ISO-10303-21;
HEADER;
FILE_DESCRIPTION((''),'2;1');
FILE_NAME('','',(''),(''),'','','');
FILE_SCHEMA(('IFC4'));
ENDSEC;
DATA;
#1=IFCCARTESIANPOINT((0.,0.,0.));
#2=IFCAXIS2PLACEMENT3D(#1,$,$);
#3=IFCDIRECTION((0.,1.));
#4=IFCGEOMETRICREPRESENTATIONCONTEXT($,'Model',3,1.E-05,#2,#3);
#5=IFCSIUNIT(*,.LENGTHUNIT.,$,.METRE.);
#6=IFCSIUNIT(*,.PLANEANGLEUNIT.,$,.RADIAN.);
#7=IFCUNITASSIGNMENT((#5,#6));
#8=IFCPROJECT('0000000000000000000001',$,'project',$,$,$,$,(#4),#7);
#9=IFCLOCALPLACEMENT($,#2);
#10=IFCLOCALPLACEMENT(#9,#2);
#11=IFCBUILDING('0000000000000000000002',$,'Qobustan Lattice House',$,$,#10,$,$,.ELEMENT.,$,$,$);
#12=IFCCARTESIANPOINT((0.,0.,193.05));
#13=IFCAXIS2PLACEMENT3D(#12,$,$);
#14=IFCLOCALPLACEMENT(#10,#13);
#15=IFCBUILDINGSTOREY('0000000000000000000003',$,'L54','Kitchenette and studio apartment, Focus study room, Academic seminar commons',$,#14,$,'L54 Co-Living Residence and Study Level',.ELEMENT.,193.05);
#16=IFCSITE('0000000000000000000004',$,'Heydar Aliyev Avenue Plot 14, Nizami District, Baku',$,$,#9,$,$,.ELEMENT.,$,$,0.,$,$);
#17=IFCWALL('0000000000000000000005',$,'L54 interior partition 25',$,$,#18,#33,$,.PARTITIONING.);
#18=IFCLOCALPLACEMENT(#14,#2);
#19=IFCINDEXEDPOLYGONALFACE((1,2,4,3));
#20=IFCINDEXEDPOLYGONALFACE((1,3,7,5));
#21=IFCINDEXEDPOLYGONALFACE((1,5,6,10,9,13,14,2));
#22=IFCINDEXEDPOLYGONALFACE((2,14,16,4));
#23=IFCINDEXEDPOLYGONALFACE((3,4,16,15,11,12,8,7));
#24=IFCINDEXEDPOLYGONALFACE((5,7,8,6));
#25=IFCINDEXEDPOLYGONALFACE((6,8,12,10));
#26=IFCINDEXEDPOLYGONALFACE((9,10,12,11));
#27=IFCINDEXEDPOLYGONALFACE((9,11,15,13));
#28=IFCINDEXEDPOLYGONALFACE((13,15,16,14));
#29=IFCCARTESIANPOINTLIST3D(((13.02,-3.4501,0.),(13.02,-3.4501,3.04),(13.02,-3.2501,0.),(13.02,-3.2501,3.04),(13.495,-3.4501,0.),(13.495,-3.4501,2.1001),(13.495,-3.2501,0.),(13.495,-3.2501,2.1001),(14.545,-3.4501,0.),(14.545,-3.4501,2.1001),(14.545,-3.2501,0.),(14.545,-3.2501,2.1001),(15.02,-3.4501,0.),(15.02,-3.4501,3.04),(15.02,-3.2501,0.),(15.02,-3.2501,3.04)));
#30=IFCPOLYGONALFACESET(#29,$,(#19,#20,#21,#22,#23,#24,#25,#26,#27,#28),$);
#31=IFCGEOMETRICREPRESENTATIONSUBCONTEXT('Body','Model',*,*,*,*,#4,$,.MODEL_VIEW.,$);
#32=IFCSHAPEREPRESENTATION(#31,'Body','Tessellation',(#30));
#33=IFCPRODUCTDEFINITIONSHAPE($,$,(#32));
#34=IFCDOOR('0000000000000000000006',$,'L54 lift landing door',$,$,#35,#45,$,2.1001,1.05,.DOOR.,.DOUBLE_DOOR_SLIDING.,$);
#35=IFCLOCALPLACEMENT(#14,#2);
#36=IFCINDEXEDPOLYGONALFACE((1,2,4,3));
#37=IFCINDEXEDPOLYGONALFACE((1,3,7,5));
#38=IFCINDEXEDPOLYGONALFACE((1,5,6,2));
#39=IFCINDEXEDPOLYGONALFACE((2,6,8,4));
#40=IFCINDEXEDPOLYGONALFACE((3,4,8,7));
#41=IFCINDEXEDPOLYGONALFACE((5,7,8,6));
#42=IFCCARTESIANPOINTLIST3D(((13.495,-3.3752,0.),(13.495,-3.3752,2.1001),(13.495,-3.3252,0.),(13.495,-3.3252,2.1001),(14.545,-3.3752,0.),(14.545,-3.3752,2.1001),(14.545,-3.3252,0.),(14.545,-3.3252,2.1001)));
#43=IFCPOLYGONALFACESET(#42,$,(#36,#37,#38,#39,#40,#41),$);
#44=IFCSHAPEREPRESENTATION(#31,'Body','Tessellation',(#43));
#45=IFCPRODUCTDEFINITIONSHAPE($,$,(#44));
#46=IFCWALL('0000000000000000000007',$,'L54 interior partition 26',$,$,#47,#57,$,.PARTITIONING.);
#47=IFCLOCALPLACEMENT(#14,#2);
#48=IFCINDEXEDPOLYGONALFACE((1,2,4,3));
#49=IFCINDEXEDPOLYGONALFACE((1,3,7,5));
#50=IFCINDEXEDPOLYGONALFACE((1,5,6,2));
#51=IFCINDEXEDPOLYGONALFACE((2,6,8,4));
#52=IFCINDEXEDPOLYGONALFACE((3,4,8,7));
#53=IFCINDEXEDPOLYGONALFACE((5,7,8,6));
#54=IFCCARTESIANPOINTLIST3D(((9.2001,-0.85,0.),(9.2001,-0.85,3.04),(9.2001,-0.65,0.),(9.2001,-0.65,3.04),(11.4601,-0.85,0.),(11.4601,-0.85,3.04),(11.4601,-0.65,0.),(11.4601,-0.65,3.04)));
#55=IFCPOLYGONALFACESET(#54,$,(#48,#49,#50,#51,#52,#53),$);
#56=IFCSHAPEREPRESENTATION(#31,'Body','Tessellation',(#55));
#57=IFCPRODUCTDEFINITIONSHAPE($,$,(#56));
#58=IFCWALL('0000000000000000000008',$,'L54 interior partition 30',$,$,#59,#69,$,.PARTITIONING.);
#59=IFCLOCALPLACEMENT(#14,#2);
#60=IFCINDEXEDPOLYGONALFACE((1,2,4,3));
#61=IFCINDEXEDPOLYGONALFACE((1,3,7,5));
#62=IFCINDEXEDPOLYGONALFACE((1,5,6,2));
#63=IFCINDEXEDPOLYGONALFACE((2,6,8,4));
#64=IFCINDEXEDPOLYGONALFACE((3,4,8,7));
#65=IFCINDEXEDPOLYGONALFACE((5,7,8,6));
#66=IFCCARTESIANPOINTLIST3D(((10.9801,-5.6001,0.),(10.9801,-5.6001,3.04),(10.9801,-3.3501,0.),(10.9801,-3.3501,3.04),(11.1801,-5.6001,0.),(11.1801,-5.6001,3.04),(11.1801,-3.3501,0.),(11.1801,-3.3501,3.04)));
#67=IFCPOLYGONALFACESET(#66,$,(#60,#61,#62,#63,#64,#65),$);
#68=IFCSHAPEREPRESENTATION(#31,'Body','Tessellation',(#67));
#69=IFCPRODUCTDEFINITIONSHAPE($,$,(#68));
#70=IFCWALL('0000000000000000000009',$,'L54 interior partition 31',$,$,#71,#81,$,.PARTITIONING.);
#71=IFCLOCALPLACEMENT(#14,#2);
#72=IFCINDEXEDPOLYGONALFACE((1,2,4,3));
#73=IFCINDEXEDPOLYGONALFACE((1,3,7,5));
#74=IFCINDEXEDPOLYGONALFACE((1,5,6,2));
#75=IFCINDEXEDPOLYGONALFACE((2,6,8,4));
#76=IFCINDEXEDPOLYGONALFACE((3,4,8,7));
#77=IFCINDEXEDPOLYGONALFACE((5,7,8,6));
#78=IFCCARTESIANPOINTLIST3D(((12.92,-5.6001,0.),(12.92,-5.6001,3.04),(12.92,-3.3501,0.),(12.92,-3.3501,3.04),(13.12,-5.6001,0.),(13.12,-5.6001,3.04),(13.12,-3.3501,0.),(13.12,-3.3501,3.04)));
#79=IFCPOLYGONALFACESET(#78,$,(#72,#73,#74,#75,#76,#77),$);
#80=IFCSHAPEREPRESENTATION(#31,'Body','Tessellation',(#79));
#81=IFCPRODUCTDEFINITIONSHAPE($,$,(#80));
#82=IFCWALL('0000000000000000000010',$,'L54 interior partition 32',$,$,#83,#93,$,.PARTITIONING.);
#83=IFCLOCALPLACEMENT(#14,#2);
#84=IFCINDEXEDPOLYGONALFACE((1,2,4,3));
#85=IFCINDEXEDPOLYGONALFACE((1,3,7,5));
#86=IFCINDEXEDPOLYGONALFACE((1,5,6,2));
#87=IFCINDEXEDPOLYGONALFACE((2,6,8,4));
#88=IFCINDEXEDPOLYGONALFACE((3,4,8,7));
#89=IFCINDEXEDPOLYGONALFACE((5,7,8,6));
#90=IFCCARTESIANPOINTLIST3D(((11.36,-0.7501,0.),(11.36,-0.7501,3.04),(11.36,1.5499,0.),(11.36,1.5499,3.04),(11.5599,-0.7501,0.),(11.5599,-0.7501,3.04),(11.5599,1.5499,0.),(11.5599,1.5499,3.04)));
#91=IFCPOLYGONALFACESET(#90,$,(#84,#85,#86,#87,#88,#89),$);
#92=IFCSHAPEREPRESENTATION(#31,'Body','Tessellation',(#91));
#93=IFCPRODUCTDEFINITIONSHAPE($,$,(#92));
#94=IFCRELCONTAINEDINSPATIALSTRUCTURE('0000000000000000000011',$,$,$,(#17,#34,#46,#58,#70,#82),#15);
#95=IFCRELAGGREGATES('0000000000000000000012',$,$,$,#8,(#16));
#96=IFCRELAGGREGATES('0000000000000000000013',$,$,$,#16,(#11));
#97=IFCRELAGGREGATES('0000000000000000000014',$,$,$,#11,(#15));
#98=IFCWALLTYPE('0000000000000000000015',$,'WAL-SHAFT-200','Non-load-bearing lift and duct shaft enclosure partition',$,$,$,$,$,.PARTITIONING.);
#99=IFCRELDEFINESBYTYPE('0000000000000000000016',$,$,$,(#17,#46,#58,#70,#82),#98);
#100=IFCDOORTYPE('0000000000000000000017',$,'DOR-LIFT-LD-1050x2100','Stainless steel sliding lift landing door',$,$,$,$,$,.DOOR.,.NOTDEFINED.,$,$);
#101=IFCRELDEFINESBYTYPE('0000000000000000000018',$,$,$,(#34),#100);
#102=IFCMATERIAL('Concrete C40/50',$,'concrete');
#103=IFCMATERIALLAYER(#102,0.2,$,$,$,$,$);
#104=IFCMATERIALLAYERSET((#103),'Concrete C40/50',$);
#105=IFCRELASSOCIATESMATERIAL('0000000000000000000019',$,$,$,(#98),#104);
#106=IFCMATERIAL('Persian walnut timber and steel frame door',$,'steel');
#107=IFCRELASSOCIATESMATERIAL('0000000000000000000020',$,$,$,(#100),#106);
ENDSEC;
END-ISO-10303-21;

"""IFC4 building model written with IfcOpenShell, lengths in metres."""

from ifc_helpers import new_model, si_unit, direction, frame, frame_2d, origin, place, context, subcontext, project, spatial, rectangle, extrude, material, layer, layer_set, type_object, element, fill, save


model = new_model("IFC4")

# Units and contexts
model_context = context("Model", 3, precision=1e-05, world=origin(), true_north=direction((0.0, 1.0)))
body_context = subcontext(model_context, "Body", "Model", "MODEL_VIEW")
ifc_project = project(units=[si_unit("LENGTHUNIT", "METRE"), si_unit("PLANEANGLEUNIT", "RADIAN")], contexts=[model_context])

# Site, building, storey
site_placement = place(None, origin())
site = spatial("IfcSite", under=ifc_project, at=site_placement, Name="Heydar Aliyev Avenue Plot 14, Nizami District, Baku", CompositionType="ELEMENT", RefElevation=0.0)
building_placement = place(site_placement, origin())
building = spatial("IfcBuilding", under=site, at=building_placement, Name="Qobustan Lattice House", CompositionType="ELEMENT")
storey_placement = place(building_placement, frame((0.0, 0.0, 193.05)))
storey = spatial("IfcBuildingStorey", under=building, at=storey_placement, Name="L54", Description="Kitchenette and studio apartment, Focus study room, Academic seminar commons", LongName="L54 Co-Living Residence and Study Level", CompositionType="ELEMENT", Elevation=193.05)

# Shared definitions
ifc_material_1 = material(Name="Concrete C40/50", Category="concrete")
ifc_layer_1 = layer(ifc_material_1, 0.2)
ifc_layer_set_1 = layer_set([ifc_layer_1], Name="Concrete C40/50")
wall_type_1 = type_object("IfcWallType", Name="WAL-SHAFT-200", Description="Non-load-bearing lift and duct shaft enclosure partition", PredefinedType="PARTITIONING", material=ifc_layer_set_1)

# Wall, opening, door
ifc_material_2 = material(Name="Persian walnut timber and steel frame door", Category="steel")
door_type_1 = type_object("IfcDoorType", Name="DOR-LIFT-LD-1050x2100", Description="Stainless steel sliding lift landing door", OperationType="NOTDEFINED", PredefinedType="DOOR", material=ifc_material_2)
wall_1_placement = place(storey_placement, frame((13.02, -3.3501, 0.0), z_axis=(0.0, 0.0, 1.0), x_axis=(1.0, 0.0, 0.0)))
wall_1 = element("IfcWall", 1, at=wall_1_placement, inside=storey, type_object=wall_type_1, Name="L54 interior partition 25", PredefinedType="PARTITIONING", context=body_context, shape_type="SweptSolid", body=[
    extrude(rectangle(XDim=2.0, YDim=0.2, at=frame_2d((1.0, 0.0))), origin(), (0.0, 0.0, 1.0), 3.04),
])
opening_1_placement = place(wall_1_placement, frame((0.4751, 0.0, 0.0)))
opening_1 = element("IfcOpeningElement", 2, at=opening_1_placement, cuts=wall_1, PredefinedType="OPENING", context=body_context, shape_type="SweptSolid", body=[
    extrude(rectangle(XDim=1.05, YDim=2.1001, at=frame_2d((0.5249, 1.05))), frame((0.0, 0.1099, 0.0), z_axis=(0.0, -1.0, 0.0), x_axis=(1.0, 0.0, 0.0)), (0.0, 0.0, 1.0), 0.22),
])
door_1_placement = place(opening_1_placement, origin())
door_1 = element("IfcDoor", 3, at=door_1_placement, inside=storey, type_object=door_type_1, Name="L54 lift landing door", OperationType="DOUBLE_DOOR_SLIDING", OverallHeight=2.1001, OverallWidth=1.05, PredefinedType="DOOR", context=body_context, shape_type="SweptSolid", body=[
    extrude(rectangle(XDim=1.05, YDim=2.1001, at=frame_2d((0.5249, 1.05))), frame((0.0, 0.0249, 0.0), z_axis=(0.0, -1.0, 0.0), x_axis=(1.0, 0.0, 0.0)), (0.0, 0.0, 1.0), 0.05),
])
fill(opening_1, door_1)

# Walls
wall_2_placement = place(storey_placement, frame((11.46, -0.75, 0.0), z_axis=(0.0, 0.0, 1.0), x_axis=(-1.0, 0.0, 0.0)))
element("IfcWall", 4, at=wall_2_placement, inside=storey, type_object=wall_type_1, Name="L54 interior partition 26", PredefinedType="PARTITIONING", context=body_context, shape_type="SweptSolid", body=[
    extrude(rectangle(XDim=2.26, YDim=0.2, at=frame_2d((1.1299, 0.0))), origin(), (0.0, 0.0, 1.0), 3.04),
])
for number, where, z_axis, x_axis, name in (
    (5, (11.0801, -5.6001, 0.0), (0.0, 0.0, 1.0), (0.0, 1.0, 0.0), "L54 interior partition 30"),
    (6, (13.02, -5.6001, 0.0), (0.0, 0.0, 1.0), (0.0, 1.0, 0.0), "L54 interior partition 31"),
):
    element("IfcWall", number, at=place(storey_placement, frame(where, z_axis=z_axis, x_axis=x_axis)), inside=storey, type_object=wall_type_1, Name=name, PredefinedType="PARTITIONING", context=body_context, shape_type="SweptSolid", body=[
        extrude(rectangle(XDim=2.25, YDim=0.2, at=frame_2d((1.125, 0.0))), origin(), (0.0, 0.0, 1.0), 3.04),
    ])
wall_3_placement = place(storey_placement, frame((11.46, -0.75, 0.0), z_axis=(0.0, 0.0, 1.0), x_axis=(0.0, 1.0, 0.0)))
element("IfcWall", 7, at=wall_3_placement, inside=storey, type_object=wall_type_1, Name="L54 interior partition 32", PredefinedType="PARTITIONING", context=body_context, shape_type="SweptSolid", body=[
    extrude(rectangle(XDim=2.3, YDim=0.2, at=frame_2d((1.1499, 0.0))), origin(), (0.0, 0.0, 1.0), 3.04),
])

save(model, "model.ifc")
